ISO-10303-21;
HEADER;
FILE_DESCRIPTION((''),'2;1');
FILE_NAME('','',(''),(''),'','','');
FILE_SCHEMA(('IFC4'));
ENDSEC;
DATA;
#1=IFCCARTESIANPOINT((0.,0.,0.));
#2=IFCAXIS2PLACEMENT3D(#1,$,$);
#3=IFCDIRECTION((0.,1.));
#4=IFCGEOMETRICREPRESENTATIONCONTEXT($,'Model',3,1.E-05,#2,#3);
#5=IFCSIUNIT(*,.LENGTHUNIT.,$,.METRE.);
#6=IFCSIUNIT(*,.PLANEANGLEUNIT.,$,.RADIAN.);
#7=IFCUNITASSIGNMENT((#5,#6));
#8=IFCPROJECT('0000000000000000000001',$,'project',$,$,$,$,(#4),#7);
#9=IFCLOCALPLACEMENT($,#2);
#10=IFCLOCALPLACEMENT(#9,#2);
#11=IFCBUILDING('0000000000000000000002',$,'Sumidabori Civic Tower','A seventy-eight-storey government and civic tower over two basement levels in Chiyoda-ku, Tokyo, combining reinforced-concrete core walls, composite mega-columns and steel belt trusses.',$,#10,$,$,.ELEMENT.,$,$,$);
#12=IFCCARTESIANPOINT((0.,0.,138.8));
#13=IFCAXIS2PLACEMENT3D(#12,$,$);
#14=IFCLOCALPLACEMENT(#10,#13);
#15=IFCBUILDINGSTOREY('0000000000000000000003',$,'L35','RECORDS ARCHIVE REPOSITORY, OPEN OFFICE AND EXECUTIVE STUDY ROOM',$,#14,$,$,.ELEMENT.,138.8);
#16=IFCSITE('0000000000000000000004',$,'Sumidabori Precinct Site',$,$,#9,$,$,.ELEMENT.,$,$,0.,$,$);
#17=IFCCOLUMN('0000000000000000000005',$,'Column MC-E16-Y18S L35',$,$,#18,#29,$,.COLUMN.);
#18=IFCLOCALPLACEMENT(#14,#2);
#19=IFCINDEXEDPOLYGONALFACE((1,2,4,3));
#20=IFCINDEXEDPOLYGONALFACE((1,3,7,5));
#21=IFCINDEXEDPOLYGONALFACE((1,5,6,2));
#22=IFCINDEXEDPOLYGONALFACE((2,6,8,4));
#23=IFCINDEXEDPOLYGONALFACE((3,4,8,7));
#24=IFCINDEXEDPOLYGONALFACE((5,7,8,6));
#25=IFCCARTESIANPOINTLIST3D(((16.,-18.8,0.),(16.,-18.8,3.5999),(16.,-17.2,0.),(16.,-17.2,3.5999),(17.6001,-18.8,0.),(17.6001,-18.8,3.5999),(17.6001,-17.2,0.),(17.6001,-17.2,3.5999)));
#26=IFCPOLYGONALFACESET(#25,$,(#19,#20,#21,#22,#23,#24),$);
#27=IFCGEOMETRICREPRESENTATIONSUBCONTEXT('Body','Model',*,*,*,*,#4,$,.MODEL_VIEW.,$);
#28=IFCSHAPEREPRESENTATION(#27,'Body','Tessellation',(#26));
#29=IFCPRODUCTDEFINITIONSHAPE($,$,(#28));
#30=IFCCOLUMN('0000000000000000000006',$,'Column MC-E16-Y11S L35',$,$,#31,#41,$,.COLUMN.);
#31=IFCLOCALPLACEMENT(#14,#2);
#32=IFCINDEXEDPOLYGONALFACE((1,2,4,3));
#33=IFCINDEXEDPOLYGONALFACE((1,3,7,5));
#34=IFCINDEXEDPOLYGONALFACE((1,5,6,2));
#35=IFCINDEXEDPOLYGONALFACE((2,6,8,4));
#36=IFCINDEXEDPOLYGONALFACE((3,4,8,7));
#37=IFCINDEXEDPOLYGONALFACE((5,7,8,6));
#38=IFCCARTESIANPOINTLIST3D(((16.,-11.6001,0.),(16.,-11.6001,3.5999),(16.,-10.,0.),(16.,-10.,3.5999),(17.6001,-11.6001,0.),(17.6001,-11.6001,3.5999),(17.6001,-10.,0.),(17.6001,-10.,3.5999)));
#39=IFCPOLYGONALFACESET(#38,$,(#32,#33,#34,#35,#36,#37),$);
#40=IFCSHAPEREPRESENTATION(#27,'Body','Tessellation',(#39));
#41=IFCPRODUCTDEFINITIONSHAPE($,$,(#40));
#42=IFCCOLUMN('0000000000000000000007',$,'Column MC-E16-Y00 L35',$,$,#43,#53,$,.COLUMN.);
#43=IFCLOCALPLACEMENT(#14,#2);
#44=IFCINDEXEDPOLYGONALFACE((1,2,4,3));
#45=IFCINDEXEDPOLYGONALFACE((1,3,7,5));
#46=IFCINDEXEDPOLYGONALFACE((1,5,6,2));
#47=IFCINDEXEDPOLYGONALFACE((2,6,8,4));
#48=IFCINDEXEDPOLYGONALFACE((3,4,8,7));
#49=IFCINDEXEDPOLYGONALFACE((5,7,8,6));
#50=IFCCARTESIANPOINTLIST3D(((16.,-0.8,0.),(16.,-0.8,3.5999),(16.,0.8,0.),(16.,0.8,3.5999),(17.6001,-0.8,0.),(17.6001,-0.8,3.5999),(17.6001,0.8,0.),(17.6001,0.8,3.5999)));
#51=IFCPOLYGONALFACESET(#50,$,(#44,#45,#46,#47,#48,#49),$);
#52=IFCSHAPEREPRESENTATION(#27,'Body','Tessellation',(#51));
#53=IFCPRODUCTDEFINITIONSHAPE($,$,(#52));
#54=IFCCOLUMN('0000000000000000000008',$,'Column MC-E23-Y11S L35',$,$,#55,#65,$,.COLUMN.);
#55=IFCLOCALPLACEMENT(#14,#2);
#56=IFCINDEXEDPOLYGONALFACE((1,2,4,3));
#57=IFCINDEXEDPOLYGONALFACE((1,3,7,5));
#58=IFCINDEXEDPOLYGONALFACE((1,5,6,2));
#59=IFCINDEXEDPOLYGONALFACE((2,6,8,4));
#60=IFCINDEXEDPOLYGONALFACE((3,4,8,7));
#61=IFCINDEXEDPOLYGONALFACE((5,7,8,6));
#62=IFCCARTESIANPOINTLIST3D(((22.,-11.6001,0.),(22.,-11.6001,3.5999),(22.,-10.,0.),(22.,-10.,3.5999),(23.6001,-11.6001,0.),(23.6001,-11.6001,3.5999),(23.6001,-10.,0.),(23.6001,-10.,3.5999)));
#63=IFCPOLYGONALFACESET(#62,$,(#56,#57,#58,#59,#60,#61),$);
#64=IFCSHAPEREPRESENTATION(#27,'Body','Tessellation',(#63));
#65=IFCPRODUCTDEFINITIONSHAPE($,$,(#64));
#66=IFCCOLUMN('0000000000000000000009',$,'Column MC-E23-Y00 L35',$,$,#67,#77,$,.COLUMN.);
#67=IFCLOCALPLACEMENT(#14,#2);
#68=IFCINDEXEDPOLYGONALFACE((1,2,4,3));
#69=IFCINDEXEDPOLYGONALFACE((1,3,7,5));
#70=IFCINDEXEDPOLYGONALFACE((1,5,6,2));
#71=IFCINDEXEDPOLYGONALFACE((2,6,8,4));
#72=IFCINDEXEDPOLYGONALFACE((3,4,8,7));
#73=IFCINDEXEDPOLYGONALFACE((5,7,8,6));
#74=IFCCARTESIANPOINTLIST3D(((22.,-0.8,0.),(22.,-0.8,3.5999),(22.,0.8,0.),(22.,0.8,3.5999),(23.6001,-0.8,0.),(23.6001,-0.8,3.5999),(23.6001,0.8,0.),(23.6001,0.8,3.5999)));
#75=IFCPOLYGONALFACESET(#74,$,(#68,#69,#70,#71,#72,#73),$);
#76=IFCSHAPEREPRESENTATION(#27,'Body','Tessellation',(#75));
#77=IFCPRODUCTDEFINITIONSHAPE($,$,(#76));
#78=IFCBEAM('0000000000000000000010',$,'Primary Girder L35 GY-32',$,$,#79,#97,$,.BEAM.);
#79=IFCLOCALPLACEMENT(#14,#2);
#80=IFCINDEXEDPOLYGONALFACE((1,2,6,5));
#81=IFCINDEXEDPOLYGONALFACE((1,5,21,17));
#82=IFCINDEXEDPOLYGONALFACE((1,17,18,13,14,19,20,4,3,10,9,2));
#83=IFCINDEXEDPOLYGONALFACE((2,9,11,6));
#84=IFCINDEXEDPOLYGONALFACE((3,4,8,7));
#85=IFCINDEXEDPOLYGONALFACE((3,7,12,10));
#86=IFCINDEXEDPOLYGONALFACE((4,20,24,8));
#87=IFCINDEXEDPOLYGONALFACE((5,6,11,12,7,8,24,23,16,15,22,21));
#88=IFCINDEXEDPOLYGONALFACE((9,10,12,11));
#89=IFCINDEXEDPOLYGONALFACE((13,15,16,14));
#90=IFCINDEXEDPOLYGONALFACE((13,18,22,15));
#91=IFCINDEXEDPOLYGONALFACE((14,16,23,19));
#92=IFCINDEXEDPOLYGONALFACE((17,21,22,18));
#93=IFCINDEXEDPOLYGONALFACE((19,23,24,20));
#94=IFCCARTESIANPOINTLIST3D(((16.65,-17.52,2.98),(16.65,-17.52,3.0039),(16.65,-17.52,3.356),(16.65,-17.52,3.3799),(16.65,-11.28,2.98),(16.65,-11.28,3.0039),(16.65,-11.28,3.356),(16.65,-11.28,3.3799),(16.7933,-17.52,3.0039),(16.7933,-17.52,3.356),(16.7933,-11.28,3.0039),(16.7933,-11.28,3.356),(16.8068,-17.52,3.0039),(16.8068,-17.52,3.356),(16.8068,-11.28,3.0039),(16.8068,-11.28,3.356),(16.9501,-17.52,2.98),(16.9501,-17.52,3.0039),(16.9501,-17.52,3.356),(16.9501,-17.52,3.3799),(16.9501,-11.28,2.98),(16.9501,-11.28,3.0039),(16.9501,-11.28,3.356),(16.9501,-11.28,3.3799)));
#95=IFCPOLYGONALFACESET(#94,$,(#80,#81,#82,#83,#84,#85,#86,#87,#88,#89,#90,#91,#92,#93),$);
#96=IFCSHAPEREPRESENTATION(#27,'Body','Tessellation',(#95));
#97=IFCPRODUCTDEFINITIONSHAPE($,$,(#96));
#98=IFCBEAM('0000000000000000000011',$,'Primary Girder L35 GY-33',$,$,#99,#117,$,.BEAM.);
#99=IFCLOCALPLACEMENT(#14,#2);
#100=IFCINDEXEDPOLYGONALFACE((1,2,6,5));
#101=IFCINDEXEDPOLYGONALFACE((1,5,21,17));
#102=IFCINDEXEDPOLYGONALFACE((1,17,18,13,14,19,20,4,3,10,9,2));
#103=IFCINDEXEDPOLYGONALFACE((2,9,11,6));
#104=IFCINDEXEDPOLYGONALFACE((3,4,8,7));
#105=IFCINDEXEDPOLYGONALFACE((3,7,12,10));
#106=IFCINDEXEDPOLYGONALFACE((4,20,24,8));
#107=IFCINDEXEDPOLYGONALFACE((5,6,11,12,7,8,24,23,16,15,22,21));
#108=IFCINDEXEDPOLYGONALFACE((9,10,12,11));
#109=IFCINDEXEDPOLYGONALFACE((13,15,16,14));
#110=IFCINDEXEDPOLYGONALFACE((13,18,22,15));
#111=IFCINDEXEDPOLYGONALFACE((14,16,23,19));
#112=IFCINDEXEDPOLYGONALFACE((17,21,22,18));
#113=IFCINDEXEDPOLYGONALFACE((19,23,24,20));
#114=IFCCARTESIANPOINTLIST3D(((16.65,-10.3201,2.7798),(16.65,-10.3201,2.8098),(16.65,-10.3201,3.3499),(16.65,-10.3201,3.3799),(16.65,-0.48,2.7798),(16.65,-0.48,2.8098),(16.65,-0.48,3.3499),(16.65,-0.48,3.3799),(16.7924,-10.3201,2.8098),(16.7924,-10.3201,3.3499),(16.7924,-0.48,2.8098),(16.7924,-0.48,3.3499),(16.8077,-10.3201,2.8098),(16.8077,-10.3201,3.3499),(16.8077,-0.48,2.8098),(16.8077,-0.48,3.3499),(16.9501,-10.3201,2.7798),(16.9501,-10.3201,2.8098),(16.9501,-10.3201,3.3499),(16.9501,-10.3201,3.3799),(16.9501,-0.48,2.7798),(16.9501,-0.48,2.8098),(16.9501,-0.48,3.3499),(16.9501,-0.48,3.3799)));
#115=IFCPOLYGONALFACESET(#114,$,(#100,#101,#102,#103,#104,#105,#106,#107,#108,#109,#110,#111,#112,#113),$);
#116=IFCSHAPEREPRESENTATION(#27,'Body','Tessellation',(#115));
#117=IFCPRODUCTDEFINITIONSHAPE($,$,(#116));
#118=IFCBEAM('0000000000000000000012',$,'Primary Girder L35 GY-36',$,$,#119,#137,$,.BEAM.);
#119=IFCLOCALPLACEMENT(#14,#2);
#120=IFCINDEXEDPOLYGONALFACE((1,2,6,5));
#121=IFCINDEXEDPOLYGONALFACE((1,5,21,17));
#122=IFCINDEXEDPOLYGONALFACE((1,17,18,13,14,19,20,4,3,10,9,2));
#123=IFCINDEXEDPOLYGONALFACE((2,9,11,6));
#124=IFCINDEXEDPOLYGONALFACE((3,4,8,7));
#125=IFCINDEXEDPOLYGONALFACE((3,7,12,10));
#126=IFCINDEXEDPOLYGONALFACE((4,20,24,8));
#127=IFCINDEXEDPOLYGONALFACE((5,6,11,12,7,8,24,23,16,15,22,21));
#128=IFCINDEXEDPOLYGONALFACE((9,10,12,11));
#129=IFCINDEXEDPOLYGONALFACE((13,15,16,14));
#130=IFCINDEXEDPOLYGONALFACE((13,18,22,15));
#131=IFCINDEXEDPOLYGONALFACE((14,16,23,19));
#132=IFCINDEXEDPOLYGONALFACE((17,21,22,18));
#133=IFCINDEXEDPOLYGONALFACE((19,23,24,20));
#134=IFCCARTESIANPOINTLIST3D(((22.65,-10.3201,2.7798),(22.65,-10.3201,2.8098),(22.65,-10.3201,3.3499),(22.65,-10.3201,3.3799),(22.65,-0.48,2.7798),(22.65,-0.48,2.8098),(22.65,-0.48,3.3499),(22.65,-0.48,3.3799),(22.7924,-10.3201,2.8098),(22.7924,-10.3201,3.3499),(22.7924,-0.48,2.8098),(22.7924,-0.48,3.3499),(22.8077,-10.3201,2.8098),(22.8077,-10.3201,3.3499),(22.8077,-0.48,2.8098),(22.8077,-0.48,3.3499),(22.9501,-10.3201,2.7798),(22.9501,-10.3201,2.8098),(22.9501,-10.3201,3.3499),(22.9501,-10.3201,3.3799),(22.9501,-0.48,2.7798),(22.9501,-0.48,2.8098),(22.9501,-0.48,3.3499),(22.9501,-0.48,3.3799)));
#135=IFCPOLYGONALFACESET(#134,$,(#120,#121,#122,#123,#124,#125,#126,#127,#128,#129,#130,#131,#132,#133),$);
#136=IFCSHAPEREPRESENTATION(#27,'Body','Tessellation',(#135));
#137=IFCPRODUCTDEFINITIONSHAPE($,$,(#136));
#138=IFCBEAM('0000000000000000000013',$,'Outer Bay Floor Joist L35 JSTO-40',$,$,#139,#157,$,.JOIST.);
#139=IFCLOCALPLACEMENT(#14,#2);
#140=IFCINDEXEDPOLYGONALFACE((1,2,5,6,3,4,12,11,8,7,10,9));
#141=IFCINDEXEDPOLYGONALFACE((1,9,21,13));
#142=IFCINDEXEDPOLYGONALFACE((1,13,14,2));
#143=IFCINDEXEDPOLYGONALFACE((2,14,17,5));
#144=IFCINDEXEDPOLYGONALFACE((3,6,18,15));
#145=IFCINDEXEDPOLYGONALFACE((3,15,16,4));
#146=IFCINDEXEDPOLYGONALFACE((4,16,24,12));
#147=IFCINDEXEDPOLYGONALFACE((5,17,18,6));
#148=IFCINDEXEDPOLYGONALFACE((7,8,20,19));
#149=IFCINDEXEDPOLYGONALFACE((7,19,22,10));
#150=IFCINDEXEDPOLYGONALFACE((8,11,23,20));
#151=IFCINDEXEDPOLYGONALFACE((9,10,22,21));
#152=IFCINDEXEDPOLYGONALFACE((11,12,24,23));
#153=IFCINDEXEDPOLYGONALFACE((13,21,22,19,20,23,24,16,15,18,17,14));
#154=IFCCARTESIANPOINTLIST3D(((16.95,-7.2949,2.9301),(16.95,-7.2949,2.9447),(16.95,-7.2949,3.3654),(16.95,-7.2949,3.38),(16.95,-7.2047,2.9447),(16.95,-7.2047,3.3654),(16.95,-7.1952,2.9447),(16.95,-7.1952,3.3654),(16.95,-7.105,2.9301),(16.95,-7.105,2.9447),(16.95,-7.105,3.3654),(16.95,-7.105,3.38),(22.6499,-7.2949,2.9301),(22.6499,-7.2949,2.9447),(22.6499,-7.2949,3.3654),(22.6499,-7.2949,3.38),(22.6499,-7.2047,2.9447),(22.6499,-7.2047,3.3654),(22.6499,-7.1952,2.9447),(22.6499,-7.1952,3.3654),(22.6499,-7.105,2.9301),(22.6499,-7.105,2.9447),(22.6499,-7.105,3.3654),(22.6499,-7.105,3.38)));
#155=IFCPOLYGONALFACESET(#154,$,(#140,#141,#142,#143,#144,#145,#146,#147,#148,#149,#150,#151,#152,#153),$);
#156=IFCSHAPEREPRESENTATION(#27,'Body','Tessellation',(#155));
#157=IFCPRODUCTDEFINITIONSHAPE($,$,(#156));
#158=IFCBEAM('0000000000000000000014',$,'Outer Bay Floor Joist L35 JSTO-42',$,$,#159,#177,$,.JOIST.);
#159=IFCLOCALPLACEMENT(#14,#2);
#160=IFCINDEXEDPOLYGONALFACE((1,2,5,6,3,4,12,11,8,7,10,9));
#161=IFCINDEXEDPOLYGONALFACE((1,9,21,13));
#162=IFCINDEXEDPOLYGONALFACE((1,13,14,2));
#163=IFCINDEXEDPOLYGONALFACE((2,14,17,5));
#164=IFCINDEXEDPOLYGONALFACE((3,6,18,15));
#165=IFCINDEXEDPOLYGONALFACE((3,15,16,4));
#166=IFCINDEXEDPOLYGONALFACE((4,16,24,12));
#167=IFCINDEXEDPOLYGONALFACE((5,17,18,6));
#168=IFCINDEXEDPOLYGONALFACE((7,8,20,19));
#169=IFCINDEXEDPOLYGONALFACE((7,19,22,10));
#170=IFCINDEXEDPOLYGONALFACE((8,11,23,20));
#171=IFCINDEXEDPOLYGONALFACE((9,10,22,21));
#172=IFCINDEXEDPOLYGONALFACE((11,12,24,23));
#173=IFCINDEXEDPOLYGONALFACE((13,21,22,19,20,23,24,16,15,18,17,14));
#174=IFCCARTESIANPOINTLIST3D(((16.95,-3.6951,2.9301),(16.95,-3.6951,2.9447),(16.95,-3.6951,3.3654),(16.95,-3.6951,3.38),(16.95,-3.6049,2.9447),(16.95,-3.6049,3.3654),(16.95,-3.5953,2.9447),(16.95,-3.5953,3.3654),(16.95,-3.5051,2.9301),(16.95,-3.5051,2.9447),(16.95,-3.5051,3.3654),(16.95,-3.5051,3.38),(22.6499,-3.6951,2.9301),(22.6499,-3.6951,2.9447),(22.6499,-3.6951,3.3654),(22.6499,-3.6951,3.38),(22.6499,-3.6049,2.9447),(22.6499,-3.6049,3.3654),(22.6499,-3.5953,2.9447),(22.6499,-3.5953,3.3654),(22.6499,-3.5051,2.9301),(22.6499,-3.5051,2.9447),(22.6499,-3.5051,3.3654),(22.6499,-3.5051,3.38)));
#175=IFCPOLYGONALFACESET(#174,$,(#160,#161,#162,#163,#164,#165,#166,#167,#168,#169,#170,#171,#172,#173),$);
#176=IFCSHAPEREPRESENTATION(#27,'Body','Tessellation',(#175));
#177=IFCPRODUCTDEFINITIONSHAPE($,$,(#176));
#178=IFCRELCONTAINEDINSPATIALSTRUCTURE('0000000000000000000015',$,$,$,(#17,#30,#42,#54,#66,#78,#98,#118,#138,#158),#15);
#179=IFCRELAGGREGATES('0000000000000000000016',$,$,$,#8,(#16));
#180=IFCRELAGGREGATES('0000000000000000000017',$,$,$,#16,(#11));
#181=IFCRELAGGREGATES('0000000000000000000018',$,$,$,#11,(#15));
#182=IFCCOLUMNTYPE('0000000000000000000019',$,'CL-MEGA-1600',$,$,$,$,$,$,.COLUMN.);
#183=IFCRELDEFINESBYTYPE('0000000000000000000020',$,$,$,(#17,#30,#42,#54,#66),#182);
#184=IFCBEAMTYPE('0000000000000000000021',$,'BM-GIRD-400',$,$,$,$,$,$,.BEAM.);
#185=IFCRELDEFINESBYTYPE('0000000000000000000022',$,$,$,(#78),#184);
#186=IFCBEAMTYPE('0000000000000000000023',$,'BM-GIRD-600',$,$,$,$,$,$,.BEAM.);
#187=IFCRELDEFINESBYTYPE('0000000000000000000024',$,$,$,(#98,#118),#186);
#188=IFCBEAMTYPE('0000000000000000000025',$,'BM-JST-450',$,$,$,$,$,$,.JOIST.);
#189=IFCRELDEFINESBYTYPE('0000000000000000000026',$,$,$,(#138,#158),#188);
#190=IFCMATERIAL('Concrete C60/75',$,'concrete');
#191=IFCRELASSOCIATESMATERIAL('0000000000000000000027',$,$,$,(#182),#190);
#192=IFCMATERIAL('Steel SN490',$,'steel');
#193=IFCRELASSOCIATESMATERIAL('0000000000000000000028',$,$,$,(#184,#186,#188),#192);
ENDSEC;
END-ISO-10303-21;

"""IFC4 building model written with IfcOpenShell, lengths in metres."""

from ifc_helpers import new_model, si_unit, direction, frame, origin, origin_2d, place, context, subcontext, project, spatial, rectangle, i_section, extrude, source, transform, mapped, material, material_profile, profile_set, type_object, element, save


model = new_model("IFC4")

# Units and contexts
model_context = context("Model", 3, precision=1e-05, world=origin(), true_north=direction((0.0, 1.0)))
body_context = subcontext(model_context, "Body", "Model", "MODEL_VIEW")
ifc_project = project(units=[si_unit("LENGTHUNIT", "METRE"), si_unit("PLANEANGLEUNIT", "RADIAN")], contexts=[model_context])

# Site, building, storey
site_placement = place(None, origin())
site = spatial("IfcSite", under=ifc_project, at=site_placement, Name="Sumidabori Precinct Site", CompositionType="ELEMENT", RefElevation=0.0)
building_placement = place(site_placement, origin())
building = spatial("IfcBuilding", under=site, at=building_placement, Name="Sumidabori Civic Tower", Description="A seventy-eight-storey government and civic tower over two basement levels in Chiyoda-ku, Tokyo, combining reinforced-concrete core walls, composite mega-columns and steel belt trusses.", CompositionType="ELEMENT")
storey_placement = place(building_placement, frame((0.0, 0.0, 138.8)))
storey = spatial("IfcBuildingStorey", under=building, at=storey_placement, Name="L35", Description="RECORDS ARCHIVE REPOSITORY, OPEN OFFICE AND EXECUTIVE STUDY ROOM", CompositionType="ELEMENT", Elevation=138.8)

# Columns
ifc_material_1 = material(Name="Concrete C60/75", Category="concrete")
ifc_material_profile_1 = material_profile(ifc_material_1, rectangle(XDim=1.6001, YDim=1.6001, at=origin_2d()), Name="RC 1600x1600")
ifc_profile_set_1 = profile_set([ifc_material_profile_1], Name="Concrete C60/75")
column_type = type_object("IfcColumnType", Name="CL-MEGA-1600", PredefinedType="COLUMN", material=ifc_profile_set_1)
shared_shape_1 = source(origin(), body_context, "Body", "SweptSolid", [
    extrude(rectangle(XDim=1.6001, YDim=1.6001, at=origin_2d()), origin(), (0.0, 0.0, 1.0), 3.5999),
])
for number, where, z_axis, x_axis, name in (
    (1, (16.8, -18.0, 0.0), (0.0, 0.0, 1.0), (1.0, 0.0, 0.0), "Column MC-E16-Y18S L35"),
    (2, (16.8, -10.8, 0.0), (0.0, 0.0, 1.0), (1.0, 0.0, 0.0), "Column MC-E16-Y11S L35"),
    (3, (16.8, 0.0, 0.0), (0.0, 0.0, 1.0), (1.0, 0.0, 0.0), "Column MC-E16-Y00 L35"),
    (4, (22.8, -10.8, 0.0), (0.0, 0.0, 1.0), (1.0, 0.0, 0.0), "Column MC-E23-Y11S L35"),
    (5, (22.8, 0.0, 0.0), (0.0, 0.0, 1.0), (1.0, 0.0, 0.0), "Column MC-E23-Y00 L35"),
):
    element("IfcColumn", number, at=place(storey_placement, frame(where, z_axis=z_axis, x_axis=x_axis)), inside=storey, type_object=column_type, Name=name, PredefinedType="COLUMN", context=body_context, shape_type="MappedRepresentation", body=[
        mapped(shared_shape_1, transform((0.0, 0.0, 0.0), x_axis=(1.0, 0.0, 0.0), y_axis=(0.0, 1.0, 0.0), z_axis=(0.0, 0.0, 1.0), scale=1.0)),
    ])

# Beams
ifc_material_2 = material(Name="Steel SN490", Category="steel")
ifc_material_profile_2 = material_profile(ifc_material_2, i_section(OverallWidth=0.3, OverallDepth=0.3999, WebThickness=0.0134, FlangeThickness=0.0239, at=origin_2d()), Name="HE 400 B")
ifc_profile_set_2 = profile_set([ifc_material_profile_2], Name="Steel SN490")
beam_type_1 = type_object("IfcBeamType", Name="BM-GIRD-400", PredefinedType="BEAM", material=ifc_profile_set_2)
shared_shape_2 = source(origin(), body_context, "Body", "SweptSolid", [
    extrude(i_section(OverallWidth=0.3, OverallDepth=0.3999, WebThickness=0.0134, FlangeThickness=0.0239, at=origin_2d()), origin(), (0.0, 0.0, 1.0), 6.24),
])
beam_placement = place(storey_placement, frame((16.8, -17.52, 3.1799), z_axis=(0.0, 1.0, 0.0), x_axis=(-1.0, 0.0, 0.0)))
element("IfcBeam", 6, at=beam_placement, inside=storey, type_object=beam_type_1, Name="Primary Girder L35 GY-32", PredefinedType="BEAM", context=body_context, shape_type="MappedRepresentation", body=[
    mapped(shared_shape_2, transform((0.0, 0.0, 0.0), x_axis=(1.0, 0.0, 0.0), y_axis=(0.0, 1.0, 0.0), z_axis=(0.0, 0.0, 1.0), scale=1.0)),
])
ifc_material_profile_3 = material_profile(ifc_material_2, i_section(OverallWidth=0.3, OverallDepth=0.6001, WebThickness=0.0154, FlangeThickness=0.03, at=origin_2d()), Name="HE 600 B")
ifc_profile_set_3 = profile_set([ifc_material_profile_3], Name="Steel SN490")
beam_type_2 = type_object("IfcBeamType", Name="BM-GIRD-600", PredefinedType="BEAM", material=ifc_profile_set_3)
shared_shape_3 = source(origin(), body_context, "Body", "SweptSolid", [
    extrude(i_section(OverallWidth=0.3, OverallDepth=0.6001, WebThickness=0.0154, FlangeThickness=0.03, at=origin_2d()), origin(), (0.0, 0.0, 1.0), 9.8401),
])
for number, where, z_axis, x_axis, name in (
    (7, (16.8, -10.3201, 3.0798), (0.0, 1.0, 0.0), (-1.0, 0.0, 0.0), "Primary Girder L35 GY-33"),
    (8, (22.8, -10.3201, 3.0798), (0.0, 1.0, 0.0), (-1.0, 0.0, 0.0), "Primary Girder L35 GY-36"),
):
    element("IfcBeam", number, at=place(storey_placement, frame(where, z_axis=z_axis, x_axis=x_axis)), inside=storey, type_object=beam_type_2, Name=name, PredefinedType="BEAM", context=body_context, shape_type="MappedRepresentation", body=[
        mapped(shared_shape_3, transform((0.0, 0.0, 0.0), x_axis=(1.0, 0.0, 0.0), y_axis=(0.0, 1.0, 0.0), z_axis=(0.0, 0.0, 1.0), scale=1.0)),
    ])
ifc_material_profile_4 = material_profile(ifc_material_2, i_section(OverallWidth=0.1899, OverallDepth=0.45, WebThickness=0.0095, FlangeThickness=0.0146, at=origin_2d()), Name="IPE 450")
ifc_profile_set_4 = profile_set([ifc_material_profile_4], Name="Steel SN490")
beam_type_3 = type_object("IfcBeamType", Name="BM-JST-450", PredefinedType="JOIST", material=ifc_profile_set_4)
shared_shape_4 = source(origin(), body_context, "Body", "SweptSolid", [
    extrude(i_section(OverallWidth=0.1899, OverallDepth=0.45, WebThickness=0.0095, FlangeThickness=0.0146, at=origin_2d()), origin(), (0.0, 0.0, 1.0), 5.7),
])
for number, where, z_axis, x_axis, name in (
    (9, (16.95, -7.2, 3.155), (1.0, 0.0, 0.0), (0.0, 1.0, 0.0), "Outer Bay Floor Joist L35 JSTO-40"),
    (10, (16.95, -3.6001, 3.155), (1.0, 0.0, 0.0), (0.0, 1.0, 0.0), "Outer Bay Floor Joist L35 JSTO-42"),
):
    element("IfcBeam", number, at=place(storey_placement, frame(where, z_axis=z_axis, x_axis=x_axis)), inside=storey, type_object=beam_type_3, Name=name, PredefinedType="JOIST", context=body_context, shape_type="MappedRepresentation", body=[
        mapped(shared_shape_4, transform((0.0, 0.0, 0.0), x_axis=(1.0, 0.0, 0.0), y_axis=(0.0, 1.0, 0.0), z_axis=(0.0, 0.0, 1.0), scale=1.0)),
    ])

save(model, "model.ifc")
